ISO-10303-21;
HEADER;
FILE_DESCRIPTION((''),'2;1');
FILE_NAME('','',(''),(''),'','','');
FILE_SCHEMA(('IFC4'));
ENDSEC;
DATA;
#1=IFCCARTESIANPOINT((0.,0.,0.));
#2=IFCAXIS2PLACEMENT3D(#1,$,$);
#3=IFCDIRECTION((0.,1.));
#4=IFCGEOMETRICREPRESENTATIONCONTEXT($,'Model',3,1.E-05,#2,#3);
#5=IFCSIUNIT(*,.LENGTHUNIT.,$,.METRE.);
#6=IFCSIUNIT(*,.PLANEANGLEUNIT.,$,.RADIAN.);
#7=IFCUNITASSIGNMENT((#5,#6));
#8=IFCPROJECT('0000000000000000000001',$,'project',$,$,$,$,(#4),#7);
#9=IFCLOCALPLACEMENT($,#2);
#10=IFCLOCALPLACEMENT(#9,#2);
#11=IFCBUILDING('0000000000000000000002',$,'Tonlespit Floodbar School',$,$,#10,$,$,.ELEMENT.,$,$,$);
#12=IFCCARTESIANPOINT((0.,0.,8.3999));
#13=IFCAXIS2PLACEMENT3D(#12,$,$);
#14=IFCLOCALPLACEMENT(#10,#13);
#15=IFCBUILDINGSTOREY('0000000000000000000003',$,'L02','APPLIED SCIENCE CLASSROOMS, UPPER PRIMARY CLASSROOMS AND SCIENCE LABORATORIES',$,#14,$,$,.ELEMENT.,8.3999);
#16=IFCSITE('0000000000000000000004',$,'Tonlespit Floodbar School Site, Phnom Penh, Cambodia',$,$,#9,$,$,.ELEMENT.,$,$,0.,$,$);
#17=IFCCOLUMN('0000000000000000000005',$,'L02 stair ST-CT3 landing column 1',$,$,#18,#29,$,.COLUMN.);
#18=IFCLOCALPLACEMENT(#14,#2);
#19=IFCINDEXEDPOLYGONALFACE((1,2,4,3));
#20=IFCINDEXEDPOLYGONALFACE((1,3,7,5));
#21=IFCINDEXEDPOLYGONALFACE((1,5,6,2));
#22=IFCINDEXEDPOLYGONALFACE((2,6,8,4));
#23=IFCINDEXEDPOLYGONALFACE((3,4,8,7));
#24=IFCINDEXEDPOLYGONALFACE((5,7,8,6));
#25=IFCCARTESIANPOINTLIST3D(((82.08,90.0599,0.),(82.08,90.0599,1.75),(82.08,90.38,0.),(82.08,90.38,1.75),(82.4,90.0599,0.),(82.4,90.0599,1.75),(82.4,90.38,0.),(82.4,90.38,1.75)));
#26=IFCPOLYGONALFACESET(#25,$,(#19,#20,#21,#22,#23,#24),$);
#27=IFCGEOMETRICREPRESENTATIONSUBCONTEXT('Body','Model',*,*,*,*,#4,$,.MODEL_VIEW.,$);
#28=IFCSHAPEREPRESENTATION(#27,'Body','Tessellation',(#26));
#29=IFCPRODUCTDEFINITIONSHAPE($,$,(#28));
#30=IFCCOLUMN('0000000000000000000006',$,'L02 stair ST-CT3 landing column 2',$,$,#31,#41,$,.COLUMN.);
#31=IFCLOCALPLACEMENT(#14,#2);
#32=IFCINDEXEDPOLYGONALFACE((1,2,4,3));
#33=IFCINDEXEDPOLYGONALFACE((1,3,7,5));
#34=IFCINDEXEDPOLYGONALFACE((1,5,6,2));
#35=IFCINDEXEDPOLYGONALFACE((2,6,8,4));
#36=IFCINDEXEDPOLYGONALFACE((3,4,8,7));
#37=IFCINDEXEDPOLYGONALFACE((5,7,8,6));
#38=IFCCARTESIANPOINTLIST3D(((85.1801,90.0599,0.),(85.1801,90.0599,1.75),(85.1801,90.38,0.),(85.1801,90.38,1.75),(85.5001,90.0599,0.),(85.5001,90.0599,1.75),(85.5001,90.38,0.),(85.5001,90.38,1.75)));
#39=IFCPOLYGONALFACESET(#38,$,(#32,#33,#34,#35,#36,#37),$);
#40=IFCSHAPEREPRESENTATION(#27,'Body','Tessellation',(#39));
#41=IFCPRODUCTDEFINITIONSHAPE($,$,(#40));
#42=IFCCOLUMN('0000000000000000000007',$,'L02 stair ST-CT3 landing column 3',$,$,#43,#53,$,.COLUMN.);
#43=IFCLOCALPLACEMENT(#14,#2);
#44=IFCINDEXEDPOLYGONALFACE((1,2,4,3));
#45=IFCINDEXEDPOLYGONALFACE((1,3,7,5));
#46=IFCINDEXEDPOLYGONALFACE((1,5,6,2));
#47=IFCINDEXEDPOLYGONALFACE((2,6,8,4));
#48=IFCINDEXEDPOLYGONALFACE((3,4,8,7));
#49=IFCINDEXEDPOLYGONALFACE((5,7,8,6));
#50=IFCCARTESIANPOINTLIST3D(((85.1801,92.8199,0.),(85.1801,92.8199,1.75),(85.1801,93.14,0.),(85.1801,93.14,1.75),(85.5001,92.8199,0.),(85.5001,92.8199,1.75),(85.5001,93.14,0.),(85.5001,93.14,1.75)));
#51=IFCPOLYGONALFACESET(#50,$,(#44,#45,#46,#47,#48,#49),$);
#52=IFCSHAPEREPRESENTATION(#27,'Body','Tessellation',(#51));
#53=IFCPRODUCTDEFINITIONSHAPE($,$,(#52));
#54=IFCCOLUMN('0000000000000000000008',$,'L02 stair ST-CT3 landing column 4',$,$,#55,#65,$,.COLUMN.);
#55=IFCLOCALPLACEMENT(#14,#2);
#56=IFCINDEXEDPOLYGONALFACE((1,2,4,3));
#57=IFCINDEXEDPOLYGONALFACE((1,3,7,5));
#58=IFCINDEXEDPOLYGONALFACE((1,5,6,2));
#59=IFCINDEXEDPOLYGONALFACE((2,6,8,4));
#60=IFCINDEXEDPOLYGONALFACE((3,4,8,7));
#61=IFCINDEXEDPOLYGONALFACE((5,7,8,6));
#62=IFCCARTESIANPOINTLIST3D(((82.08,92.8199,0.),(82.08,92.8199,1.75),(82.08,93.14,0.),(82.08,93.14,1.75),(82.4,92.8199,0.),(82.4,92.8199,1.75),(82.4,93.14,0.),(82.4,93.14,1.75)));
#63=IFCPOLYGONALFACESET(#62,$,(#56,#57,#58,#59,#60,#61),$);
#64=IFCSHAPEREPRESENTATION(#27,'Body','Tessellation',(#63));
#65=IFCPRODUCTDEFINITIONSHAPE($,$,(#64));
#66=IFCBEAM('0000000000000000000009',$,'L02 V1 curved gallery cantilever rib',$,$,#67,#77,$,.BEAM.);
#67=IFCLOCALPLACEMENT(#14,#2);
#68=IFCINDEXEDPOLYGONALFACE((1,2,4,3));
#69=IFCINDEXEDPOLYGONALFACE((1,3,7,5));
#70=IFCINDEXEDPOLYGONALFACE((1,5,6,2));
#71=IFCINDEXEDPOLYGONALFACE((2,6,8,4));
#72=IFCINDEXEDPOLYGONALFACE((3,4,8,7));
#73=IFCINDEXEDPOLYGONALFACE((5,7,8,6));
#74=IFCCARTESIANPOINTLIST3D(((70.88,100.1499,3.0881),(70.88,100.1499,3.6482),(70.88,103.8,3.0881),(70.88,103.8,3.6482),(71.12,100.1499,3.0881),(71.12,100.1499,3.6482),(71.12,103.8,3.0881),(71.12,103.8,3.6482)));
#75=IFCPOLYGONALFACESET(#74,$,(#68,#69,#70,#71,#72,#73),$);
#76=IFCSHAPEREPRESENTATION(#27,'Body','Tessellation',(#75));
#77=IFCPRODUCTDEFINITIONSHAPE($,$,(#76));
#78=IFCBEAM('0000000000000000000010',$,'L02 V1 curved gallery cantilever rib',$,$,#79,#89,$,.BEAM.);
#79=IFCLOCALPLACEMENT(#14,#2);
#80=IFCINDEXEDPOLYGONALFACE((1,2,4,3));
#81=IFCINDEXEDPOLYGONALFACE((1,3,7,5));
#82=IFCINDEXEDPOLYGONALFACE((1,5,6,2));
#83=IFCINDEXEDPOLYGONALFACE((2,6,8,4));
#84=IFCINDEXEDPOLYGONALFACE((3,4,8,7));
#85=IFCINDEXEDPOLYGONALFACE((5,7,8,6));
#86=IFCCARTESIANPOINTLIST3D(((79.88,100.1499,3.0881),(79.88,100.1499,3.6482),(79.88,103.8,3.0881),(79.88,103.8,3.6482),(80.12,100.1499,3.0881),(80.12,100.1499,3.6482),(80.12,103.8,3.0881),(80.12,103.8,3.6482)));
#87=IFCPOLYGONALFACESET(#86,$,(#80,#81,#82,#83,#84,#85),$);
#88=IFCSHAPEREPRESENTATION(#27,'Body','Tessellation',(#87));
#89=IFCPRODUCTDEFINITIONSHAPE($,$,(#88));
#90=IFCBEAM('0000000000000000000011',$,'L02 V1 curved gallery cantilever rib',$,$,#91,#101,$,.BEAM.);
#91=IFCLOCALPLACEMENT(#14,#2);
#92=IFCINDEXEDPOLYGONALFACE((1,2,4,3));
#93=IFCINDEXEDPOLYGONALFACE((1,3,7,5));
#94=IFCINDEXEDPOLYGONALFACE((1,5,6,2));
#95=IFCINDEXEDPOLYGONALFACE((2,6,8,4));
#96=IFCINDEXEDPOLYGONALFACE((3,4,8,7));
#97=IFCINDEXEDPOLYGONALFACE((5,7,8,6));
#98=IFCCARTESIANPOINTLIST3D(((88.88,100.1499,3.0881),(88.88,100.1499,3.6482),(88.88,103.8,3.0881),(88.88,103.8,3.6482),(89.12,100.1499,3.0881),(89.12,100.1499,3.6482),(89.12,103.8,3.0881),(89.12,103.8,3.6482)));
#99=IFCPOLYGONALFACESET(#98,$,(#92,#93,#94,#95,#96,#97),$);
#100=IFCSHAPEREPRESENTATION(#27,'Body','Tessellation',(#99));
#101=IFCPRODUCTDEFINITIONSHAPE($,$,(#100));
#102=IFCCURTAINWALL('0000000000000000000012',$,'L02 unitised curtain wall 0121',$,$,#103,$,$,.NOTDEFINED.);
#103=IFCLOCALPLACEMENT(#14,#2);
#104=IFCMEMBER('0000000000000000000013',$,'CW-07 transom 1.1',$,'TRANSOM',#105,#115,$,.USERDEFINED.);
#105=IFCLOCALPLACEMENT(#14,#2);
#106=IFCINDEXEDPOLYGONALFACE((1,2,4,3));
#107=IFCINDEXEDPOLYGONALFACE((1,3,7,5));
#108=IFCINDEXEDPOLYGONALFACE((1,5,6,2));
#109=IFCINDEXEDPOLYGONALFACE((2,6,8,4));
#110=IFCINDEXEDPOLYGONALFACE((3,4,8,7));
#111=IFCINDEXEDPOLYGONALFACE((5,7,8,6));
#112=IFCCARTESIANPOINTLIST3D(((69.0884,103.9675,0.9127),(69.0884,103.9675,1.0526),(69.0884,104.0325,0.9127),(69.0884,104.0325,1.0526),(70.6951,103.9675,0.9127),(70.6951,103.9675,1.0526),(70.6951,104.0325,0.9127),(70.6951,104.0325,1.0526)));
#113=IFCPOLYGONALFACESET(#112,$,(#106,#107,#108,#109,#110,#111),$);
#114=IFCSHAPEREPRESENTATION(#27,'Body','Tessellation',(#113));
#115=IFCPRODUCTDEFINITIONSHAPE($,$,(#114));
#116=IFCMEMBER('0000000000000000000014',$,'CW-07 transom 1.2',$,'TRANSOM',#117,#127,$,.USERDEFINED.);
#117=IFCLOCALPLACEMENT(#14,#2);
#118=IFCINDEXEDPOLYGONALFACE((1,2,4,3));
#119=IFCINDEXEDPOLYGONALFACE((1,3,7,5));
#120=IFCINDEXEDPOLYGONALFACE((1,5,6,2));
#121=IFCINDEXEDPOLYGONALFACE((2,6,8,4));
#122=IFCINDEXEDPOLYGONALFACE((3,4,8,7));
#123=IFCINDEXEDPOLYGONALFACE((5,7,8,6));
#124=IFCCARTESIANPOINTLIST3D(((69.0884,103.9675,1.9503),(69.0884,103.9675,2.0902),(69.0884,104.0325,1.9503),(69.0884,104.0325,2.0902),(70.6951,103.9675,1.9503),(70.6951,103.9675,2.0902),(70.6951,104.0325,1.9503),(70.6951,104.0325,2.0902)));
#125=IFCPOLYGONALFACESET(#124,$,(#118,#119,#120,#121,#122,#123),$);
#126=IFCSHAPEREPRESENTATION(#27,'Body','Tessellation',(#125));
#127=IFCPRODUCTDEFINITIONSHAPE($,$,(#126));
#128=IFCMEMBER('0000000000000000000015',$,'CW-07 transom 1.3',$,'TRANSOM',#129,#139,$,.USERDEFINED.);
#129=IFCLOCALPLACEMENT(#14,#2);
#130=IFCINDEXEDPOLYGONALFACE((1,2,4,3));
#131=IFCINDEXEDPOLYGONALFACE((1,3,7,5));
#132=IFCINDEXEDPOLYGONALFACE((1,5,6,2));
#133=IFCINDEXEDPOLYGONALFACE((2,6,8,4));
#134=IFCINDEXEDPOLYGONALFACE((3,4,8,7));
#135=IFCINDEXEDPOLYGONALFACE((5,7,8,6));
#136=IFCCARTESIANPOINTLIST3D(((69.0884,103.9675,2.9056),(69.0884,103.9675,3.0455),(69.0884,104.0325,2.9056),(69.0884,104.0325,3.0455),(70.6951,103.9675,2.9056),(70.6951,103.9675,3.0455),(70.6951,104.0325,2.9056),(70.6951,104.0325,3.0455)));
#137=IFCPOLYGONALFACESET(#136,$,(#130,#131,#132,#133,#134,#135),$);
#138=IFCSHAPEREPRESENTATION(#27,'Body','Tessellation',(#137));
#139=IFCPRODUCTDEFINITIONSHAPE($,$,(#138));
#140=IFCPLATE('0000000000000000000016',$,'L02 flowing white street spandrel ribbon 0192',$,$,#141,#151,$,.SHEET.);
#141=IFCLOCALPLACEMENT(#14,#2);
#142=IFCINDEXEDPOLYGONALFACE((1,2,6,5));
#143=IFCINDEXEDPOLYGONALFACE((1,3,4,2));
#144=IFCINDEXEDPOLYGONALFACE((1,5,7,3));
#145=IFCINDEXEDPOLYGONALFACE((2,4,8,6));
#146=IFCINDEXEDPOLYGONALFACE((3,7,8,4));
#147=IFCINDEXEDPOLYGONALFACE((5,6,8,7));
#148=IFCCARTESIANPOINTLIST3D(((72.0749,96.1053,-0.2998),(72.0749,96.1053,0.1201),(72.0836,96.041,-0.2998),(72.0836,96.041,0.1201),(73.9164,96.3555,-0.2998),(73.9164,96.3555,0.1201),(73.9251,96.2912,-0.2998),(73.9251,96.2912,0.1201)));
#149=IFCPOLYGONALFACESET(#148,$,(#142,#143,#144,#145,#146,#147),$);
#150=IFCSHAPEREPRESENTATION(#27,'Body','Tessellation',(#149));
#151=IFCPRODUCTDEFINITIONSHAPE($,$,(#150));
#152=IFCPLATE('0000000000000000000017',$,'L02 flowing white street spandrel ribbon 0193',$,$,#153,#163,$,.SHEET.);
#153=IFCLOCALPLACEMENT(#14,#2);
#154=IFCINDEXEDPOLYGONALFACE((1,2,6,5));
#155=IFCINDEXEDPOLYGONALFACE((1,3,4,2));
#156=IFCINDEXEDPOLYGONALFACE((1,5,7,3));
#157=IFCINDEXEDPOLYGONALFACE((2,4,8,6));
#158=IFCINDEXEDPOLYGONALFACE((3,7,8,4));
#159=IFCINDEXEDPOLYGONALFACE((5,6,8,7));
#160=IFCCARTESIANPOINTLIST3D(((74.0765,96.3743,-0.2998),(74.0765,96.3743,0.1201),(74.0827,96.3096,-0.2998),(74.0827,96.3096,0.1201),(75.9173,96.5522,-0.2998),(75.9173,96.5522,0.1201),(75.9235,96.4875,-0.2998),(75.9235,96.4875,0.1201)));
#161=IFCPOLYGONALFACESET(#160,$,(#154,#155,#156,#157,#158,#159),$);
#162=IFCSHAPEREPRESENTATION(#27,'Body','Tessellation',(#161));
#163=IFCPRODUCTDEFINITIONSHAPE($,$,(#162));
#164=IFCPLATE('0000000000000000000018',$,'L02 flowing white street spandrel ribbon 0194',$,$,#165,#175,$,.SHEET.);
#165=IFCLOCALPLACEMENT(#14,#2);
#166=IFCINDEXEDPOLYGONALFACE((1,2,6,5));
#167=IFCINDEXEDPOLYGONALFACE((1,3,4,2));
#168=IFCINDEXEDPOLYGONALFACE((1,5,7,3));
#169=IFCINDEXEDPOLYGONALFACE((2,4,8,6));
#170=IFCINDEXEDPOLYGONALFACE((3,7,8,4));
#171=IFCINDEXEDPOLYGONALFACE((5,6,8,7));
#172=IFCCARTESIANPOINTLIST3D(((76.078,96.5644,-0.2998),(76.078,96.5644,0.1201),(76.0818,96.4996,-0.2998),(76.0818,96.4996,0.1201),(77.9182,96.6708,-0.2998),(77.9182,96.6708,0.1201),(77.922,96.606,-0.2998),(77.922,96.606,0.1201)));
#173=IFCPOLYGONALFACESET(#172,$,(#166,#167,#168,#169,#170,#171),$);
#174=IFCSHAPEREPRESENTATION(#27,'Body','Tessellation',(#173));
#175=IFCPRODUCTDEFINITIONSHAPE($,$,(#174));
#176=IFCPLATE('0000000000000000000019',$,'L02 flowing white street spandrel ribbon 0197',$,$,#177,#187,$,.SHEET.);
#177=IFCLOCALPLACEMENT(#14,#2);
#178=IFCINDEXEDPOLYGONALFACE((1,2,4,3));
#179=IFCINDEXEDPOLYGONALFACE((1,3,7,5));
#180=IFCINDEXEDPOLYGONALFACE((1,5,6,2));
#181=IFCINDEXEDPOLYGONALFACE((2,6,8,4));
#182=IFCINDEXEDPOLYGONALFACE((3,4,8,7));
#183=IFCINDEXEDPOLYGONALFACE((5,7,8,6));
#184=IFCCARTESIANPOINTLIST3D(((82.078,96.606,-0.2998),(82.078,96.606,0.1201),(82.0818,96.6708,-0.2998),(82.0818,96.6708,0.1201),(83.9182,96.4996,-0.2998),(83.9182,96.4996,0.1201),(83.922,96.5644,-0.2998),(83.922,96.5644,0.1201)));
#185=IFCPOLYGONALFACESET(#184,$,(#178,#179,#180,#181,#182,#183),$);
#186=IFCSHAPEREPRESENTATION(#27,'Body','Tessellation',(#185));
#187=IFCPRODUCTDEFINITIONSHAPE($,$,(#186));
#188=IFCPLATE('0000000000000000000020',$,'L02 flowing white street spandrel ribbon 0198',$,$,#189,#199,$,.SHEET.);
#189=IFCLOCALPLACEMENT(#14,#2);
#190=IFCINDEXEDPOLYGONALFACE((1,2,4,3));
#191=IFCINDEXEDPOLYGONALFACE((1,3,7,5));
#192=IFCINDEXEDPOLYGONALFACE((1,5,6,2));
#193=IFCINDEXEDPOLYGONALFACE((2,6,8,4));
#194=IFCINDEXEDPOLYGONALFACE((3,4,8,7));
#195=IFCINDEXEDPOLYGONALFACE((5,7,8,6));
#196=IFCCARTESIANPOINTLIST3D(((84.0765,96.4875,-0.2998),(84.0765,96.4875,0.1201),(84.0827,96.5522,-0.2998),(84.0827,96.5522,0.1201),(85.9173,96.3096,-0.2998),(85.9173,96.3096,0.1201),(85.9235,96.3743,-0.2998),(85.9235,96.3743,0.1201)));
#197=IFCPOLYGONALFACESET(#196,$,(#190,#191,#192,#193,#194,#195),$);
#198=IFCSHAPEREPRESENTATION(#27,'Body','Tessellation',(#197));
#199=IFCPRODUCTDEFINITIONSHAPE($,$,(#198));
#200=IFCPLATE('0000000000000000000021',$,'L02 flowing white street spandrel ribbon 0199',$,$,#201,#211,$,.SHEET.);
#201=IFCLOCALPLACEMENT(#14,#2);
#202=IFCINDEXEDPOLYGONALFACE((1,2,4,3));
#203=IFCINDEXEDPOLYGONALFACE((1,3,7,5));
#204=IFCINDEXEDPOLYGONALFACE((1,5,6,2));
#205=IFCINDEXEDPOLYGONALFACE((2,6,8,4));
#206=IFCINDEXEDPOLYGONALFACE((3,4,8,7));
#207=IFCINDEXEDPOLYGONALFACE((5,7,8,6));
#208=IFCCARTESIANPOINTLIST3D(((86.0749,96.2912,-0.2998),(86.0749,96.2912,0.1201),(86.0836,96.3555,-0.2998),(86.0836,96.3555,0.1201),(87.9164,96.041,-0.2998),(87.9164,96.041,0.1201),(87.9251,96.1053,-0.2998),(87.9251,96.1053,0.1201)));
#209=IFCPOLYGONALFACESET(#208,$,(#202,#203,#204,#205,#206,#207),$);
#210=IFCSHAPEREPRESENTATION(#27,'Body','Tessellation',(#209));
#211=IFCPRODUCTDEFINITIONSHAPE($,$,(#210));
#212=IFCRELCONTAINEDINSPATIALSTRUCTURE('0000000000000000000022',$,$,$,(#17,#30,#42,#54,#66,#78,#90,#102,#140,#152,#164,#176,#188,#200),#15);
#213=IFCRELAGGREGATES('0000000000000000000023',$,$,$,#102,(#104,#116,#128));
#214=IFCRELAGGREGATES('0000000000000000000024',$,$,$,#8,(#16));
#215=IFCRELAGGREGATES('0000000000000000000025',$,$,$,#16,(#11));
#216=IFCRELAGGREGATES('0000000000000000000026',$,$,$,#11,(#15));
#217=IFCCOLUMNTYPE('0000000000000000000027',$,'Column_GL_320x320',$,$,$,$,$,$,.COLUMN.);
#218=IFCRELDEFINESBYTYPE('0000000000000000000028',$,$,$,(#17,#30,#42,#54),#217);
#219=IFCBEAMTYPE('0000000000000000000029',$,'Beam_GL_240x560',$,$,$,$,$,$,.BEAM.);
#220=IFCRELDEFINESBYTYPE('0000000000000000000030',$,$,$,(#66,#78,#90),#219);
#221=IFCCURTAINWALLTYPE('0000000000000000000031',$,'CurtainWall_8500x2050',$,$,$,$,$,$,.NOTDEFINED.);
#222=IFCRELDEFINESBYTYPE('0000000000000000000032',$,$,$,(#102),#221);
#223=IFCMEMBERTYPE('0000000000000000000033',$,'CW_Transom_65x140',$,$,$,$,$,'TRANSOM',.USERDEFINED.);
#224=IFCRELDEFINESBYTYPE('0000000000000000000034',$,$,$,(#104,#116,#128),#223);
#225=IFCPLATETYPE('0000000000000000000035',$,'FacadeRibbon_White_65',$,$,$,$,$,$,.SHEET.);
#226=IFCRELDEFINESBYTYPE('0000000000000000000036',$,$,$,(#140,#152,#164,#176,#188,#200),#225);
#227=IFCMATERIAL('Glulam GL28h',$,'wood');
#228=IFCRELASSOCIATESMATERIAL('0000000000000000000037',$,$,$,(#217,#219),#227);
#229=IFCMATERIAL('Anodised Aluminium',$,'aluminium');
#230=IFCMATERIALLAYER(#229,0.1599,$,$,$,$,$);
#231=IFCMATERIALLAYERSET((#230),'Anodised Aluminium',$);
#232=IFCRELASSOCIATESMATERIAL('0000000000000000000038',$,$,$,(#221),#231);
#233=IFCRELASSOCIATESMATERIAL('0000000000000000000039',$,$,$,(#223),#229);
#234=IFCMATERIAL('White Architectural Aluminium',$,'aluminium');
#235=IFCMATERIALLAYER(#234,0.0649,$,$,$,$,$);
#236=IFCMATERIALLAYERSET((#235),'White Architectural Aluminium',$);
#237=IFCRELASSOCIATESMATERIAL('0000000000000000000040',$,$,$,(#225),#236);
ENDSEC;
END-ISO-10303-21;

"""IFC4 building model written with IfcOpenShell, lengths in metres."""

from ifc_helpers import new_model, si_unit, direction, frame, origin, origin_2d, place, context, subcontext, project, spatial, rectangle, extrude, material, layer, layer_set, material_profile, profile_set, type_object, element, aggregate, save


model = new_model("IFC4")

# Units and contexts
model_context = context("Model", 3, precision=1e-05, world=origin(), true_north=direction((0.0, 1.0)))
body_context = subcontext(model_context, "Body", "Model", "MODEL_VIEW")
ifc_project = project(units=[si_unit("LENGTHUNIT", "METRE"), si_unit("PLANEANGLEUNIT", "RADIAN")], contexts=[model_context])

# Site, building, storey
site_placement = place(None, origin())
site = spatial("IfcSite", under=ifc_project, at=site_placement, Name="Tonlespit Floodbar School Site, Phnom Penh, Cambodia", CompositionType="ELEMENT", RefElevation=0.0)
building_placement = place(site_placement, origin())
building = spatial("IfcBuilding", under=site, at=building_placement, Name="Tonlespit Floodbar School", CompositionType="ELEMENT")
storey_placement = place(building_placement, frame((0.0, 0.0, 8.3999)))
storey = spatial("IfcBuildingStorey", under=building, at=storey_placement, Name="L02", Description="APPLIED SCIENCE CLASSROOMS, UPPER PRIMARY CLASSROOMS AND SCIENCE LABORATORIES", CompositionType="ELEMENT", Elevation=8.3999)

# Columns
ifc_material_1 = material(Name="Glulam GL28h", Category="wood")
ifc_material_profile_1 = material_profile(ifc_material_1, rectangle(XDim=0.3201, YDim=0.3201, at=origin_2d()), Name="GL 320x320")
ifc_profile_set_1 = profile_set([ifc_material_profile_1], Name="Glulam GL28h")
column_type = type_object("IfcColumnType", Name="Column_GL_320x320", PredefinedType="COLUMN", material=ifc_profile_set_1)
for number, where, z_axis, x_axis, name in (
    (1, (82.24, 90.22, 0.0), (0.0, 0.0, 1.0), (1.0, 0.0, 0.0), "L02 stair ST-CT3 landing column 1"),
    (2, (85.3401, 90.22, 0.0), (0.0, 0.0, 1.0), (1.0, 0.0, 0.0), "L02 stair ST-CT3 landing column 2"),
    (3, (85.3401, 92.98, 0.0), (0.0, 0.0, 1.0), (1.0, 0.0, 0.0), "L02 stair ST-CT3 landing column 3"),
    (4, (82.24, 92.98, 0.0), (0.0, 0.0, 1.0), (1.0, 0.0, 0.0), "L02 stair ST-CT3 landing column 4"),
):
    element("IfcColumn", number, at=place(storey_placement, frame(where, z_axis=z_axis, x_axis=x_axis)), inside=storey, type_object=column_type, Name=name, PredefinedType="COLUMN", context=body_context, shape_type="SweptSolid", body=[
        extrude(rectangle(XDim=0.3201, YDim=0.3201, at=origin_2d()), origin(), (0.0, 0.0, 1.0), 1.75),
    ])

# Beams
ifc_material_profile_2 = material_profile(ifc_material_1, rectangle(XDim=0.24, YDim=0.5601, at=origin_2d()), Name="GL 240x560")
ifc_profile_set_2 = profile_set([ifc_material_profile_2], Name="Glulam GL28h")
beam_type = type_object("IfcBeamType", Name="Beam_GL_240x560", PredefinedType="BEAM", material=ifc_profile_set_2)
for number, where, z_axis, x_axis, name in (
    (5, (71.0, 103.8, 3.3682), (0.0, -1.0, 0.0), (1.0, 0.0, 0.0), "L02 V1 curved gallery cantilever rib"),
    (6, (80.0, 103.8, 3.3682), (0.0, -1.0, 0.0), (1.0, 0.0, 0.0), "L02 V1 curved gallery cantilever rib"),
    (7, (89.0, 103.8, 3.3682), (0.0, -1.0, 0.0), (1.0, 0.0, 0.0), "L02 V1 curved gallery cantilever rib"),
):
    element("IfcBeam", number, at=place(storey_placement, frame(where, z_axis=z_axis, x_axis=x_axis)), inside=storey, type_object=beam_type, Name=name, PredefinedType="BEAM", context=body_context, shape_type="SweptSolid", body=[
        extrude(rectangle(XDim=0.24, YDim=0.5601, at=origin_2d()), origin(), (0.0, 0.0, 1.0), 3.6501),
    ])

# Curtain wall, members
ifc_material_2 = material(Name="Anodised Aluminium", Category="aluminium")
ifc_layer_1 = layer(ifc_material_2, 0.1599)
ifc_layer_set_1 = layer_set([ifc_layer_1], Name="Anodised Aluminium")
curtain_wall_type = type_object("IfcCurtainWallType", Name="CurtainWall_8500x2050", PredefinedType="NOTDEFINED", material=ifc_layer_set_1)
curtain_wall_placement = place(storey_placement, origin())
curtain_wall = element("IfcCurtainWall", 8, at=curtain_wall_placement, inside=storey, type_object=curtain_wall_type, Name="L02 unitised curtain wall 0121", PredefinedType="NOTDEFINED")
ifc_material_profile_3 = material_profile(ifc_material_2, rectangle(XDim=0.0649, YDim=0.1399, at=origin_2d()), Name="ALU T65x140")
ifc_profile_set_3 = profile_set([ifc_material_profile_3], Name="Anodised Aluminium")
member_type = type_object("IfcMemberType", Name="CW_Transom_65x140", ElementType="TRANSOM", PredefinedType="USERDEFINED", material=ifc_profile_set_3)
member_1_placement = place(storey_placement, frame((70.6951, 104.0, 0.9827), z_axis=(-1.0, 0.0, 0.0), x_axis=(0.0, -1.0, 0.0)))
member_1 = element("IfcMember", 9, at=member_1_placement, type_object=member_type, Name="CW-07 transom 1.1", ObjectType="TRANSOM", PredefinedType="USERDEFINED", context=body_context, shape_type="SweptSolid", body=[
    extrude(rectangle(XDim=0.0649, YDim=0.1399, at=origin_2d()), origin(), (0.0, 0.0, 1.0), 1.6067),
])
member_2_placement = place(storey_placement, frame((70.6951, 104.0, 2.0203), z_axis=(-1.0, 0.0, 0.0), x_axis=(0.0, -1.0, 0.0)))
member_2 = element("IfcMember", 10, at=member_2_placement, type_object=member_type, Name="CW-07 transom 1.2", ObjectType="TRANSOM", PredefinedType="USERDEFINED", context=body_context, shape_type="SweptSolid", body=[
    extrude(rectangle(XDim=0.0649, YDim=0.1399, at=origin_2d()), origin(), (0.0, 0.0, 1.0), 1.6067),
])
member_3_placement = place(storey_placement, frame((70.6951, 104.0, 2.9756), z_axis=(-1.0, 0.0, 0.0), x_axis=(0.0, -1.0, 0.0)))
member_3 = element("IfcMember", 11, at=member_3_placement, type_object=member_type, Name="CW-07 transom 1.3", ObjectType="TRANSOM", PredefinedType="USERDEFINED", context=body_context, shape_type="SweptSolid", body=[
    extrude(rectangle(XDim=0.0649, YDim=0.1399, at=origin_2d()), origin(), (0.0, 0.0, 1.0), 1.6067),
])
aggregate(curtain_wall, [member_1, member_2, member_3])

# Plates
ifc_material_3 = material(Name="White Architectural Aluminium", Category="aluminium")
ifc_layer_2 = layer(ifc_material_3, 0.0649)
ifc_layer_set_2 = layer_set([ifc_layer_2], Name="White Architectural Aluminium")
plate_type = type_object("IfcPlateType", Name="FacadeRibbon_White_65", PredefinedType="SHEET", material=ifc_layer_set_2)
plate_1_placement = place(storey_placement, frame((73.0, 96.1982, -0.2998), z_axis=(0.0, 0.0, 1.0), x_axis=(0.990898, 0.134614, 0.0)))
element("IfcPlate", 12, at=plate_1_placement, inside=storey, type_object=plate_type, Name="L02 flowing white street spandrel ribbon 0192", PredefinedType="SHEET", context=body_context, shape_type="SweptSolid", body=[
    extrude(rectangle(XDim=1.8584, YDim=0.0649, at=origin_2d()), origin(), (0.0, 0.0, 1.0), 0.4199),
])
plate_2_placement = place(storey_placement, frame((75.0, 96.4309, -0.2998), z_axis=(0.0, 0.0, 1.0), x_axis=(0.995362, 0.096202, 0.0)))
element("IfcPlate", 13, at=plate_2_placement, inside=storey, type_object=plate_type, Name="L02 flowing white street spandrel ribbon 0193", PredefinedType="SHEET", context=body_context, shape_type="SweptSolid", body=[
    extrude(rectangle(XDim=1.8494, YDim=0.0649, at=origin_2d()), origin(), (0.0, 0.0, 1.0), 0.4199),
])
for number, where, z_axis, x_axis, name in (
    (14, (77.0, 96.5852, -0.2998), (0.0, 0.0, 1.0), (0.998334, 0.057703, 0.0), "L02 flowing white street spandrel ribbon 0194"),
    (15, (83.0, 96.5852, -0.2998), (0.0, 0.0, 1.0), (0.998334, -0.057703, 0.0), "L02 flowing white street spandrel ribbon 0197"),
):
    element("IfcPlate", number, at=place(storey_placement, frame(where, z_axis=z_axis, x_axis=x_axis)), inside=storey, type_object=plate_type, Name=name, PredefinedType="SHEET", context=body_context, shape_type="SweptSolid", body=[
        extrude(rectangle(XDim=1.8433, YDim=0.0649, at=origin_2d()), origin(), (0.0, 0.0, 1.0), 0.4199),
    ])
plate_3_placement = place(storey_placement, frame((85.0, 96.4309, -0.2998), z_axis=(0.0, 0.0, 1.0), x_axis=(0.995362, -0.096202, 0.0)))
element("IfcPlate", 16, at=plate_3_placement, inside=storey, type_object=plate_type, Name="L02 flowing white street spandrel ribbon 0198", PredefinedType="SHEET", context=body_context, shape_type="SweptSolid", body=[
    extrude(rectangle(XDim=1.8494, YDim=0.0649, at=origin_2d()), origin(), (0.0, 0.0, 1.0), 0.4199),
])
plate_4_placement = place(storey_placement, frame((87.0, 96.1982, -0.2998), z_axis=(0.0, 0.0, 1.0), x_axis=(0.990898, -0.134614, 0.0)))
element("IfcPlate", 17, at=plate_4_placement, inside=storey, type_object=plate_type, Name="L02 flowing white street spandrel ribbon 0199", PredefinedType="SHEET", context=body_context, shape_type="SweptSolid", body=[
    extrude(rectangle(XDim=1.8584, YDim=0.0649, at=origin_2d()), origin(), (0.0, 0.0, 1.0), 0.4199),
])

save(model, "model.ifc")
